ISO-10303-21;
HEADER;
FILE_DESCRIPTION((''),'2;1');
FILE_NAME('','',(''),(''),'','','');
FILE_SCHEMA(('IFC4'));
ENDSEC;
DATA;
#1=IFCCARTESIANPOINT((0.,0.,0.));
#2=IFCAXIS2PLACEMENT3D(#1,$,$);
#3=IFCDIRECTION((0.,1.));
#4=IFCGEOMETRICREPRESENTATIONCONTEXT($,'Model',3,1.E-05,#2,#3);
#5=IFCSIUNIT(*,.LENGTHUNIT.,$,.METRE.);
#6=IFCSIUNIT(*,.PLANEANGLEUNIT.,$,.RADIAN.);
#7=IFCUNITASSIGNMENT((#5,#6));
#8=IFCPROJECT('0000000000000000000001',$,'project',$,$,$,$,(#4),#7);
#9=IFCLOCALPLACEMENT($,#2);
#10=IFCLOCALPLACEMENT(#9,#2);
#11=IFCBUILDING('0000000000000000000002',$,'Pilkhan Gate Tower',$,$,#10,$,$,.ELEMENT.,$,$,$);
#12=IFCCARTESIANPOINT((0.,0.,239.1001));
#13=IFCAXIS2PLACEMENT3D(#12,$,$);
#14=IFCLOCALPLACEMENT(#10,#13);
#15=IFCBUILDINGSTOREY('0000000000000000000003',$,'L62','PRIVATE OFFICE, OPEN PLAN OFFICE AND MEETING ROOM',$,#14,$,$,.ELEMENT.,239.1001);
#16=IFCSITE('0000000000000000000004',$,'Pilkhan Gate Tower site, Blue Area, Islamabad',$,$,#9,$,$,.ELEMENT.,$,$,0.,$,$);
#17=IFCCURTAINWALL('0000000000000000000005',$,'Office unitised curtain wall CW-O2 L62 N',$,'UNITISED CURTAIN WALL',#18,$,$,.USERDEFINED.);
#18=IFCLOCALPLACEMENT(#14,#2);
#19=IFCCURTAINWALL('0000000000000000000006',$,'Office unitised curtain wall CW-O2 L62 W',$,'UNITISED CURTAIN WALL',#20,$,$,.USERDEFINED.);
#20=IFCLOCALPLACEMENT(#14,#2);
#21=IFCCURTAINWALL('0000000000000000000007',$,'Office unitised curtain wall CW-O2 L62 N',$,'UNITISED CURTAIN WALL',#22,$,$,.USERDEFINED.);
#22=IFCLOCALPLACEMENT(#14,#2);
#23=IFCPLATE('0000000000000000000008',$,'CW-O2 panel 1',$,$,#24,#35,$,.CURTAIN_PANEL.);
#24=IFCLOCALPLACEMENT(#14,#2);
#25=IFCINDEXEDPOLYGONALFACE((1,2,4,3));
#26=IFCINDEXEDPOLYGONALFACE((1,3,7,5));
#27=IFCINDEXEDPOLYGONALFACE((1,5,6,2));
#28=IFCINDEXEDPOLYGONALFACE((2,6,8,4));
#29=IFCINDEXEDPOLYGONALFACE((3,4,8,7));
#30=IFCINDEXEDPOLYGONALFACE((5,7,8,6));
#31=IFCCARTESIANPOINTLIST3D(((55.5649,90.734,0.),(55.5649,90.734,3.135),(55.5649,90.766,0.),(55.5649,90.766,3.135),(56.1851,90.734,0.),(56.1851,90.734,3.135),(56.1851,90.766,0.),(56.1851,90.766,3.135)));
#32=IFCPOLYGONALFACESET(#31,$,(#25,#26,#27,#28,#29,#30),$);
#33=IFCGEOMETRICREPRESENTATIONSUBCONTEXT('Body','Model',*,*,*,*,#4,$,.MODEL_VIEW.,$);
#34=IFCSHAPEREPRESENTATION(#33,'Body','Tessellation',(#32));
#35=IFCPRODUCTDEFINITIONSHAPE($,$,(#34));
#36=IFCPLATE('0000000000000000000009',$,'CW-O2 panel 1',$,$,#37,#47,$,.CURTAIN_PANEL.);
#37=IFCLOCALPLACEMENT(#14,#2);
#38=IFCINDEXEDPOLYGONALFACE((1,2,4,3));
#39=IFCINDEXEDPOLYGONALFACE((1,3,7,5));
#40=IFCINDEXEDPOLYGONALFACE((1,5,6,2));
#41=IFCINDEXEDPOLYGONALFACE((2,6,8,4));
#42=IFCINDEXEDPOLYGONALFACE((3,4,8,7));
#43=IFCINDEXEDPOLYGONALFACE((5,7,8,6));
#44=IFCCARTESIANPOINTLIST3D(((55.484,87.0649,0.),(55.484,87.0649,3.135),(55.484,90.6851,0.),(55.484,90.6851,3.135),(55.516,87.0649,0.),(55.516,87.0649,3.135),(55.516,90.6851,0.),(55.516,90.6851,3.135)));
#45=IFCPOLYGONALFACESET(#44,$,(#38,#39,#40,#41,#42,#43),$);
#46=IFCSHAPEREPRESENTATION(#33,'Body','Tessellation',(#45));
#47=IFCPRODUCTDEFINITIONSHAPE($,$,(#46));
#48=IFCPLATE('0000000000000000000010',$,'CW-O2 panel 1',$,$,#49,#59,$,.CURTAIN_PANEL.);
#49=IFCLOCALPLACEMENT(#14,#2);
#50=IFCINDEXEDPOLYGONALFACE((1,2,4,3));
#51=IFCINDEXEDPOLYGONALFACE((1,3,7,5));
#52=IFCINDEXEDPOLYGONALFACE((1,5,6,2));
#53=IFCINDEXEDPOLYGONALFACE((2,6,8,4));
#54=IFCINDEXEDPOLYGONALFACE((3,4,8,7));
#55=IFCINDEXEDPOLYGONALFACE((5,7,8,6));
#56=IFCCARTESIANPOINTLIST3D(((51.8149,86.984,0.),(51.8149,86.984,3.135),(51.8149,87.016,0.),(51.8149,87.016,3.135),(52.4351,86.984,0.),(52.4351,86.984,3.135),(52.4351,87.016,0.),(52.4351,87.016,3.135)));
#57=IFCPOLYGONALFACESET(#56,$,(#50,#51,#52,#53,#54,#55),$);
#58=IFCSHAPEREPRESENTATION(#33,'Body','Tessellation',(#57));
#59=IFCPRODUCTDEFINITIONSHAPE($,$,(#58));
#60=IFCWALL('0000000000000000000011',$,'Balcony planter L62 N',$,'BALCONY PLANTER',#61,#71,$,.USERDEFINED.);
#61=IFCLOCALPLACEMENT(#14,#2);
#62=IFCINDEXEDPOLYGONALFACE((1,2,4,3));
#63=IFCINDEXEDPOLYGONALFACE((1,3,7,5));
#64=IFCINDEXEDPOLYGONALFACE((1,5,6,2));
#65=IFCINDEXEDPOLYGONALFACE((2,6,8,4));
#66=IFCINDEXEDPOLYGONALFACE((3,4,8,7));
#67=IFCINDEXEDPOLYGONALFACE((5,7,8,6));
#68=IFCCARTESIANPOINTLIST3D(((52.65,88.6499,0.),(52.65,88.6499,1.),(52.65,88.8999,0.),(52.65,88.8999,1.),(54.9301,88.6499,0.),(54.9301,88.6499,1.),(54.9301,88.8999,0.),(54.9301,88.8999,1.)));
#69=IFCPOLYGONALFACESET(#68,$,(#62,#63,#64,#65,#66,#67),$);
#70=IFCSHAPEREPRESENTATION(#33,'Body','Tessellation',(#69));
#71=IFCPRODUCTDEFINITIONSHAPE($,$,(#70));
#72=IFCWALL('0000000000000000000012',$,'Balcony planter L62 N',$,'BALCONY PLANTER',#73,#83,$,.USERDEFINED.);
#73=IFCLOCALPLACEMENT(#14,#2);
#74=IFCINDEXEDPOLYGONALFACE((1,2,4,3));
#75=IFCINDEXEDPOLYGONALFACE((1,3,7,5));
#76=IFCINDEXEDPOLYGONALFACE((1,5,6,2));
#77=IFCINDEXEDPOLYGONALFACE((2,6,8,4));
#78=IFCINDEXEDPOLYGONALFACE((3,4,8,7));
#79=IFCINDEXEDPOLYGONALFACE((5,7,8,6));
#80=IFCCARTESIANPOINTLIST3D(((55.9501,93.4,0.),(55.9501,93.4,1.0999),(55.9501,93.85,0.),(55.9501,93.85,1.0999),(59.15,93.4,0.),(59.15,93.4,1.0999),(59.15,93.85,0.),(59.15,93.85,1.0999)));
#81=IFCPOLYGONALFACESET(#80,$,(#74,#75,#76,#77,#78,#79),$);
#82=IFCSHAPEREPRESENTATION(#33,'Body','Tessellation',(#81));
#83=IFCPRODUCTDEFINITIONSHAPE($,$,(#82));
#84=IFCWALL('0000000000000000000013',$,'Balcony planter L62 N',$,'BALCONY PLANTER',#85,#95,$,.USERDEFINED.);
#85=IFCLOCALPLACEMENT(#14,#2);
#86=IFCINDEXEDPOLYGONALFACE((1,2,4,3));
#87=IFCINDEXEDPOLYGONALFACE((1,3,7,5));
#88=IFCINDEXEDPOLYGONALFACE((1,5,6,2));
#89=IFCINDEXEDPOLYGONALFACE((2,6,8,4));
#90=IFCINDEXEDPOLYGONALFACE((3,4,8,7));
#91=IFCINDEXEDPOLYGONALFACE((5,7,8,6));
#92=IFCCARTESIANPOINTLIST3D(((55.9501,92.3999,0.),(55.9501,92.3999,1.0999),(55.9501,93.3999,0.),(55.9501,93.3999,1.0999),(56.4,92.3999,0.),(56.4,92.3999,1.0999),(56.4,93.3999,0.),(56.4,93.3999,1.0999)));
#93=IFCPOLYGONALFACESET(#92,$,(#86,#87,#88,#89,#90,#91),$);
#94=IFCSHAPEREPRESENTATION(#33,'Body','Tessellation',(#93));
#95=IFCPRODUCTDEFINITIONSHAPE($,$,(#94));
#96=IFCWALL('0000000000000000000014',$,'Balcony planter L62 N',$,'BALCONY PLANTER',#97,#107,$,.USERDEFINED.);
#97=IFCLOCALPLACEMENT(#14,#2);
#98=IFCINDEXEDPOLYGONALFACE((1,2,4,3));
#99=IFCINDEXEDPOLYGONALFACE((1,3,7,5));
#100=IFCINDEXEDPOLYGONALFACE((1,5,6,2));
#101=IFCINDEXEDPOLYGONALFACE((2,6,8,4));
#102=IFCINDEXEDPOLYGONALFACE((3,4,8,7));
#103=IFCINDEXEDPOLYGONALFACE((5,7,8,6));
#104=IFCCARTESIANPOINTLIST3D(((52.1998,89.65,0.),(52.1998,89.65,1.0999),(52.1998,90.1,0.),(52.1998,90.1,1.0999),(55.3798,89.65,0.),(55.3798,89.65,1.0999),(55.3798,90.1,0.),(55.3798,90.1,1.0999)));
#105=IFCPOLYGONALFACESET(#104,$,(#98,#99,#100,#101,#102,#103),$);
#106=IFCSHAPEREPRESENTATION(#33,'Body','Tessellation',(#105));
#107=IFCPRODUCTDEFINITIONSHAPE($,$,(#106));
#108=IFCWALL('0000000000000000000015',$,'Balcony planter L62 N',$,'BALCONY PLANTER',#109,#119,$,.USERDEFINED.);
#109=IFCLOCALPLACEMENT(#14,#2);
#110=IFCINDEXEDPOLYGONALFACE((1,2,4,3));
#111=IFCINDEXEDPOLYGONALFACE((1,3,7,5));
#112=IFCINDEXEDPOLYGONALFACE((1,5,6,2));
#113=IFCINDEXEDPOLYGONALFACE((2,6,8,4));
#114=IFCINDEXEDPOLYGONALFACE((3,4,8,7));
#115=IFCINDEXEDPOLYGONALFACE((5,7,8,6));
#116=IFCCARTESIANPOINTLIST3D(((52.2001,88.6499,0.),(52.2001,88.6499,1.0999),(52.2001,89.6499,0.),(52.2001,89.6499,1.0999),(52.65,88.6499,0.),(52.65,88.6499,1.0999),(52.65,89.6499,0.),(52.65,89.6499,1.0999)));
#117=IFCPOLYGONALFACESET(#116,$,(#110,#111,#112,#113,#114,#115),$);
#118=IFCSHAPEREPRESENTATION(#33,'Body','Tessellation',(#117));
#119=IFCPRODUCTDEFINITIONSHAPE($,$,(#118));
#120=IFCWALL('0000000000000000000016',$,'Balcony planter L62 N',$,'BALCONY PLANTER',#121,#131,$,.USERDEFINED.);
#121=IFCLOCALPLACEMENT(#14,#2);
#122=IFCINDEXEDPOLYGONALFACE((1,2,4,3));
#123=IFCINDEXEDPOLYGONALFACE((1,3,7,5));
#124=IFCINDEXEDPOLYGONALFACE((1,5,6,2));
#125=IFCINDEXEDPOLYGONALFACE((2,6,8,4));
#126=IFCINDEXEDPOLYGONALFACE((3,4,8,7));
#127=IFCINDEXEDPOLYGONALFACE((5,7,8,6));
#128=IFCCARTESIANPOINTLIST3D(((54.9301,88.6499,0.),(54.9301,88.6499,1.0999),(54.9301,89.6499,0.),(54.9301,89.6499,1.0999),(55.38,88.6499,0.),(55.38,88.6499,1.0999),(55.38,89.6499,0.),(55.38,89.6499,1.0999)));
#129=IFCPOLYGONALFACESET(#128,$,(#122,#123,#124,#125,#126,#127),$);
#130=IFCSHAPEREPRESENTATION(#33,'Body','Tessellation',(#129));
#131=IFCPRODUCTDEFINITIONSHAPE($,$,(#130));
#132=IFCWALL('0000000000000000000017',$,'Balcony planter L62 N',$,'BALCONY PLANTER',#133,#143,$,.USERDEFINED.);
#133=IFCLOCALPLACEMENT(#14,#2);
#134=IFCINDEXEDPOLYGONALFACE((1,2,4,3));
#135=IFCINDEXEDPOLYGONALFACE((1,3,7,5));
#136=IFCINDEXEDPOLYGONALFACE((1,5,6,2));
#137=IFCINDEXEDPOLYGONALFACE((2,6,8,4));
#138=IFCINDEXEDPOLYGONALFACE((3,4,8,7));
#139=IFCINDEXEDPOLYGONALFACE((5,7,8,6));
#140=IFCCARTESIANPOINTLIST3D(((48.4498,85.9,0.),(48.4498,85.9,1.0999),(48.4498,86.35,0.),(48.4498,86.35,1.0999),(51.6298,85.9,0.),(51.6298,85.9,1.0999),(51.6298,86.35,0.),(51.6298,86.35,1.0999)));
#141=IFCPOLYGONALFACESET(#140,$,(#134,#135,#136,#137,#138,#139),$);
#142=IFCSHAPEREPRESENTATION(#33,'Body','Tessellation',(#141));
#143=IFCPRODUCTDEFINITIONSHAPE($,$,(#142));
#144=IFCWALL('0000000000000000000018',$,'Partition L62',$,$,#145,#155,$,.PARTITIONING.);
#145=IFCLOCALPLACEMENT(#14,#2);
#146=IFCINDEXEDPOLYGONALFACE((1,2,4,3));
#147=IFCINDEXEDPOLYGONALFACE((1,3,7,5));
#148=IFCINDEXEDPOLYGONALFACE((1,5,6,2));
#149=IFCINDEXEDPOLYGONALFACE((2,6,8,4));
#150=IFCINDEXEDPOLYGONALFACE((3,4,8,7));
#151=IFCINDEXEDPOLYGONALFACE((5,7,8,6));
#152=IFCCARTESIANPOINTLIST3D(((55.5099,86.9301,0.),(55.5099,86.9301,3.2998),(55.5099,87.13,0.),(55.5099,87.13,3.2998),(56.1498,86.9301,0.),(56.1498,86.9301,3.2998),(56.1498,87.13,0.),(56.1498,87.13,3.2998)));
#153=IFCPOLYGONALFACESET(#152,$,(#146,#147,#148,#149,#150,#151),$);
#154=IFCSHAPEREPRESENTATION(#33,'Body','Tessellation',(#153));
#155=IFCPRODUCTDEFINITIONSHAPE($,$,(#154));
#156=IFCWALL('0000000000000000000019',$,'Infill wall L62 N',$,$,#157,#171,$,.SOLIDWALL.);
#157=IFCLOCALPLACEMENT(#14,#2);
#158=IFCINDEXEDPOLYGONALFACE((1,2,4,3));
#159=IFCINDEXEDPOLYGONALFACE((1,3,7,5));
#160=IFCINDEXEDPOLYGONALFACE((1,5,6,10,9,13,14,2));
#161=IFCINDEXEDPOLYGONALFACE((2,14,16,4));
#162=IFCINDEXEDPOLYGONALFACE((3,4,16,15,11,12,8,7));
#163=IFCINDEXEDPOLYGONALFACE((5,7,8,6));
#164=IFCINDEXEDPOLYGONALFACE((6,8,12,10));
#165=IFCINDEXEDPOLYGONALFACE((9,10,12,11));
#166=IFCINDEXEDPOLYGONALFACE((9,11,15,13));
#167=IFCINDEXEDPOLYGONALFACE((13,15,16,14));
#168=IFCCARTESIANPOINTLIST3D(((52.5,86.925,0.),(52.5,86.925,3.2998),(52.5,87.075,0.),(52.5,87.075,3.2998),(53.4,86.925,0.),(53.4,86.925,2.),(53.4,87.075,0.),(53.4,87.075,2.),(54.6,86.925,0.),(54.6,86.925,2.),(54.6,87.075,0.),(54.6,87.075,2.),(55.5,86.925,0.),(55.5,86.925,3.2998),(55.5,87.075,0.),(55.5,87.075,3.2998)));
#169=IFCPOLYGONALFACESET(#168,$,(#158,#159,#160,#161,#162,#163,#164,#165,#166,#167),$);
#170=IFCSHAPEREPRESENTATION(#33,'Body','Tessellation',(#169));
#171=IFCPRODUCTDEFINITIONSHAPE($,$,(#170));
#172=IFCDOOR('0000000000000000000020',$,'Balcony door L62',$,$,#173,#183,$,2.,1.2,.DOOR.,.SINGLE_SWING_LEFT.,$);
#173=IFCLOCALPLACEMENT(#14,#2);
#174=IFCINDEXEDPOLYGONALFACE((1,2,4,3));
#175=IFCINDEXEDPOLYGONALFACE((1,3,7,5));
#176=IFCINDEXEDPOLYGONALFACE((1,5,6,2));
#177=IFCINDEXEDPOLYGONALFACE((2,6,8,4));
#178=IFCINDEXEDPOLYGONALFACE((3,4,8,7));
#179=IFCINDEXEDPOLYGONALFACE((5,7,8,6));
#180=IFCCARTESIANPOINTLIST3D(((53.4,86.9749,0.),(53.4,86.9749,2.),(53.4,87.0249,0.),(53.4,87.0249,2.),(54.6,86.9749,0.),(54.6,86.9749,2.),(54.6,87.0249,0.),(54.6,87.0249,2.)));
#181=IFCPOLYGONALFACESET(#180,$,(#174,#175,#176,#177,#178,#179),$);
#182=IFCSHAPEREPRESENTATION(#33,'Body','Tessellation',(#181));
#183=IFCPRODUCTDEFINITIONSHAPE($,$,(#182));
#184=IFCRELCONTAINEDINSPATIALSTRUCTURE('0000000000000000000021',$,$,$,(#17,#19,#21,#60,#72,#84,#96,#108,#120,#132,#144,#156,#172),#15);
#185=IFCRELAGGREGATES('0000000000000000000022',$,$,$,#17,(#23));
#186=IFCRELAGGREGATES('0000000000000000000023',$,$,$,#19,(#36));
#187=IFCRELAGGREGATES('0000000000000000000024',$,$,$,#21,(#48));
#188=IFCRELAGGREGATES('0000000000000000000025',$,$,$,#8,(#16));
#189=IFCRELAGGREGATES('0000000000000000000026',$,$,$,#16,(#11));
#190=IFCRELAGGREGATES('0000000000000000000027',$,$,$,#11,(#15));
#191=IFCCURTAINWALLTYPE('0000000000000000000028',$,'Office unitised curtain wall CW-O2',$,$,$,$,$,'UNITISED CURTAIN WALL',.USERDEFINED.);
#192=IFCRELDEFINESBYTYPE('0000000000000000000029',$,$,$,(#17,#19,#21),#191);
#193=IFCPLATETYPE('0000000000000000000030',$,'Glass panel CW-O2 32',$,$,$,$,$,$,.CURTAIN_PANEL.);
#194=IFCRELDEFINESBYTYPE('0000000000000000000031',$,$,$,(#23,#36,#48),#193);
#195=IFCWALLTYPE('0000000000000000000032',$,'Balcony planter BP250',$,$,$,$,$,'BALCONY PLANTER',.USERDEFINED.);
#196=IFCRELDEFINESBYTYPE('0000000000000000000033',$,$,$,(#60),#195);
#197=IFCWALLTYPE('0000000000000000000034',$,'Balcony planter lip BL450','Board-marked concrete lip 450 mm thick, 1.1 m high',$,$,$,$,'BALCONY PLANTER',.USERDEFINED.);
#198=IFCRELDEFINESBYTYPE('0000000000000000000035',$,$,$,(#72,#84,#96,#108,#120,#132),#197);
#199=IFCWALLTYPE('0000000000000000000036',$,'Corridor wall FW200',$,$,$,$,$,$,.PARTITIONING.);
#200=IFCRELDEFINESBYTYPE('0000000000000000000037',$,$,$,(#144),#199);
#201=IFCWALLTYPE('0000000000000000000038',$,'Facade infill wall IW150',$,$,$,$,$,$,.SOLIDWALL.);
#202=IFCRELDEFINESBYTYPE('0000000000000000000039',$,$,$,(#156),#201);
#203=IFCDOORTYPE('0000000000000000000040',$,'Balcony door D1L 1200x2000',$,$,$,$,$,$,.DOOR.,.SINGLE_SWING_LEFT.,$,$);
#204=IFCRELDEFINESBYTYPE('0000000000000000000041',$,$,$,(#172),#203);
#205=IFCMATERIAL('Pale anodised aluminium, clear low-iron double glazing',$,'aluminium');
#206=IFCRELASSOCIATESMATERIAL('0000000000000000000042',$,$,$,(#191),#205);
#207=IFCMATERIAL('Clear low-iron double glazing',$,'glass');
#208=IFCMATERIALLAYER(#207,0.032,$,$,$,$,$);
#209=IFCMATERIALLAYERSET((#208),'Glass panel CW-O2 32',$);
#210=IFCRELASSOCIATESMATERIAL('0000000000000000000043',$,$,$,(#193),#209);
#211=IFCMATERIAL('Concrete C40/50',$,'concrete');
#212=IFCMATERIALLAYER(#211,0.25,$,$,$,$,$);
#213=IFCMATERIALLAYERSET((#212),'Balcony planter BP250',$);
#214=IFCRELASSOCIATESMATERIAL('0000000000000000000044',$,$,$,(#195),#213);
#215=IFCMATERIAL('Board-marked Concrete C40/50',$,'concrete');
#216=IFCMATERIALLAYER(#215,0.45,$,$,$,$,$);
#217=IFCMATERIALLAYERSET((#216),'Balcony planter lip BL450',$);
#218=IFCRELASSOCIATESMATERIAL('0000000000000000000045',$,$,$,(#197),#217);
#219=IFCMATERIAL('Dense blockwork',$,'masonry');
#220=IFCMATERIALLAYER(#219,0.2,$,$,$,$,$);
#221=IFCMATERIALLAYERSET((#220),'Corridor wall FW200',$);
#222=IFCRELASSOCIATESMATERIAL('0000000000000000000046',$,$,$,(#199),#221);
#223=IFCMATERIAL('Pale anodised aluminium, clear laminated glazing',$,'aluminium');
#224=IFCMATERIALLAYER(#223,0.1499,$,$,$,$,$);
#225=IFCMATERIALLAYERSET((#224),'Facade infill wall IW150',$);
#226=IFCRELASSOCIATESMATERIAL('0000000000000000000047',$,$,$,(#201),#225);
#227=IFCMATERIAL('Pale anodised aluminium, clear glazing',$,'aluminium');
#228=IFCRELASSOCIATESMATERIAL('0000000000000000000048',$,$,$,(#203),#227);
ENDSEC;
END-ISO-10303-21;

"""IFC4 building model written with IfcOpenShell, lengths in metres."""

from ifc_helpers import new_model, si_unit, direction, frame, frame_2d, origin, origin_2d, place, context, subcontext, project, spatial, rectangle, extrude, material, layer, layer_set, type_object, element, fill, aggregate, save


model = new_model("IFC4")

# Units and contexts
model_context = context("Model", 3, precision=1e-05, world=origin(), true_north=direction((0.0, 1.0)))
body_context = subcontext(model_context, "Body", "Model", "MODEL_VIEW")
ifc_project = project(units=[si_unit("LENGTHUNIT", "METRE"), si_unit("PLANEANGLEUNIT", "RADIAN")], contexts=[model_context])

# Site, building, storey
site_placement = place(None, origin())
site = spatial("IfcSite", under=ifc_project, at=site_placement, Name="Pilkhan Gate Tower site, Blue Area, Islamabad", CompositionType="ELEMENT", RefElevation=0.0)
building_placement = place(site_placement, origin())
building = spatial("IfcBuilding", under=site, at=building_placement, Name="Pilkhan Gate Tower", CompositionType="ELEMENT")
storey_placement = place(building_placement, frame((0.0, 0.0, 239.1001)))
storey = spatial("IfcBuildingStorey", under=building, at=storey_placement, Name="L62", Description="PRIVATE OFFICE, OPEN PLAN OFFICE AND MEETING ROOM", CompositionType="ELEMENT", Elevation=239.1001)

# Curtain wall
ifc_material_1 = material(Name="Pale anodised aluminium, clear low-iron double glazing", Category="aluminium")
curtain_wall_type = type_object("IfcCurtainWallType", Name="Office unitised curtain wall CW-O2", ElementType="UNITISED CURTAIN WALL", PredefinedType="USERDEFINED", material=ifc_material_1)
curtain_wall_1_placement = place(storey_placement, origin())
curtain_wall_1 = element("IfcCurtainWall", 1, at=curtain_wall_1_placement, inside=storey, type_object=curtain_wall_type, Name="Office unitised curtain wall CW-O2 L62 N", ObjectType="UNITISED CURTAIN WALL", PredefinedType="USERDEFINED")

# Curtain walls
curtain_wall_2_placement = place(storey_placement, origin())
curtain_wall_2 = element("IfcCurtainWall", 2, at=curtain_wall_2_placement, inside=storey, type_object=curtain_wall_type, Name="Office unitised curtain wall CW-O2 L62 W", ObjectType="UNITISED CURTAIN WALL", PredefinedType="USERDEFINED")
curtain_wall_3_placement = place(storey_placement, origin())
curtain_wall_3 = element("IfcCurtainWall", 3, at=curtain_wall_3_placement, inside=storey, type_object=curtain_wall_type, Name="Office unitised curtain wall CW-O2 L62 N", ObjectType="UNITISED CURTAIN WALL", PredefinedType="USERDEFINED")

# Plates
ifc_material_2 = material(Name="Clear low-iron double glazing", Category="glass")
ifc_layer_1 = layer(ifc_material_2, 0.032)
ifc_layer_set_1 = layer_set([ifc_layer_1], Name="Glass panel CW-O2 32")
plate_type = type_object("IfcPlateType", Name="Glass panel CW-O2 32", PredefinedType="CURTAIN_PANEL", material=ifc_layer_set_1)
plate_1_placement = place(storey_placement, frame((55.875, 90.75, 0.0), z_axis=(0.0, 0.0, 1.0), x_axis=(1.0, 0.0, 0.0)))
plate_1 = element("IfcPlate", 4, at=plate_1_placement, type_object=plate_type, Name="CW-O2 panel 1", PredefinedType="CURTAIN_PANEL", context=body_context, shape_type="SweptSolid", body=[
    extrude(rectangle(XDim=0.6201, YDim=0.032, at=origin_2d()), origin(), (0.0, 0.0, 1.0), 3.135),
])
aggregate(curtain_wall_1, [plate_1])
plate_2_placement = place(storey_placement, frame((55.5, 88.875, 0.0), z_axis=(0.0, 0.0, 1.0), x_axis=(0.0, 1.0, 0.0)))
plate_2 = element("IfcPlate", 5, at=plate_2_placement, type_object=plate_type, Name="CW-O2 panel 1", PredefinedType="CURTAIN_PANEL", context=body_context, shape_type="SweptSolid", body=[
    extrude(rectangle(XDim=3.6201, YDim=0.032, at=origin_2d()), origin(), (0.0, 0.0, 1.0), 3.135),
])
aggregate(curtain_wall_2, [plate_2])
plate_3_placement = place(storey_placement, frame((52.125, 87.0, 0.0), z_axis=(0.0, 0.0, 1.0), x_axis=(1.0, 0.0, 0.0)))
plate_3 = element("IfcPlate", 6, at=plate_3_placement, type_object=plate_type, Name="CW-O2 panel 1", PredefinedType="CURTAIN_PANEL", context=body_context, shape_type="SweptSolid", body=[
    extrude(rectangle(XDim=0.6201, YDim=0.032, at=origin_2d()), origin(), (0.0, 0.0, 1.0), 3.135),
])
aggregate(curtain_wall_3, [plate_3])

# Walls
ifc_material_3 = material(Name="Concrete C40/50", Category="concrete")
ifc_layer_2 = layer(ifc_material_3, 0.25)
ifc_layer_set_2 = layer_set([ifc_layer_2], Name="Balcony planter BP250")
wall_type_1 = type_object("IfcWallType", Name="Balcony planter BP250", ElementType="BALCONY PLANTER", PredefinedType="USERDEFINED", material=ifc_layer_set_2)
wall_1_placement = place(storey_placement, frame((52.6499, 88.7749, 0.0), z_axis=(0.0, 0.0, 1.0), x_axis=(1.0, 0.0, 0.0)))
element("IfcWall", 7, at=wall_1_placement, inside=storey, type_object=wall_type_1, Name="Balcony planter L62 N", ObjectType="BALCONY PLANTER", PredefinedType="USERDEFINED", context=body_context, shape_type="SweptSolid", body=[
    extrude(rectangle(XDim=2.28, YDim=0.25, at=frame_2d((1.1401, 0.0))), origin(), (0.0, 0.0, 1.0), 1.0),
])
ifc_material_4 = material(Name="Board-marked Concrete C40/50", Category="concrete")
ifc_layer_3 = layer(ifc_material_4, 0.45)
ifc_layer_set_3 = layer_set([ifc_layer_3], Name="Balcony planter lip BL450")
wall_type_2 = type_object("IfcWallType", Name="Balcony planter lip BL450", Description="Board-marked concrete lip 450 mm thick, 1.1 m high", ElementType="BALCONY PLANTER", PredefinedType="USERDEFINED", material=ifc_layer_set_3)
wall_2_placement = place(storey_placement, frame((55.95, 93.625, 0.0), z_axis=(0.0, 0.0, 1.0), x_axis=(1.0, 0.0, 0.0)))
element("IfcWall", 8, at=wall_2_placement, inside=storey, type_object=wall_type_2, Name="Balcony planter L62 N", ObjectType="BALCONY PLANTER", PredefinedType="USERDEFINED", context=body_context, shape_type="SweptSolid", body=[
    extrude(rectangle(XDim=3.2, YDim=0.45, at=frame_2d((1.6001, 0.0))), origin(), (0.0, 0.0, 1.0), 1.0999),
])
wall_3_placement = place(storey_placement, frame((56.175, 92.3999, 0.0), z_axis=(0.0, 0.0, 1.0), x_axis=(0.0, 1.0, 0.0)))
element("IfcWall", 9, at=wall_3_placement, inside=storey, type_object=wall_type_2, Name="Balcony planter L62 N", ObjectType="BALCONY PLANTER", PredefinedType="USERDEFINED", context=body_context, shape_type="SweptSolid", body=[
    extrude(rectangle(XDim=1.0, YDim=0.45, at=frame_2d((0.5, 0.0))), origin(), (0.0, 0.0, 1.0), 1.0999),
])
wall_4_placement = place(storey_placement, frame((52.2, 89.875, 0.0), z_axis=(0.0, 0.0, 1.0), x_axis=(1.0, 0.0, 0.0)))
element("IfcWall", 10, at=wall_4_placement, inside=storey, type_object=wall_type_2, Name="Balcony planter L62 N", ObjectType="BALCONY PLANTER", PredefinedType="USERDEFINED", context=body_context, shape_type="SweptSolid", body=[
    extrude(rectangle(XDim=3.1799, YDim=0.45, at=frame_2d((1.5898, 0.0))), origin(), (0.0, 0.0, 1.0), 1.0999),
])
for number, where, z_axis, x_axis, name in (
    (11, (52.425, 88.6499, 0.0), (0.0, 0.0, 1.0), (0.0, 1.0, 0.0), "Balcony planter L62 N"),
    (12, (55.155, 88.6499, 0.0), (0.0, 0.0, 1.0), (0.0, 1.0, 0.0), "Balcony planter L62 N"),
):
    element("IfcWall", number, at=place(storey_placement, frame(where, z_axis=z_axis, x_axis=x_axis)), inside=storey, type_object=wall_type_2, Name=name, ObjectType="BALCONY PLANTER", PredefinedType="USERDEFINED", context=body_context, shape_type="SweptSolid", body=[
        extrude(rectangle(XDim=1.0, YDim=0.45, at=frame_2d((0.5, 0.0))), origin(), (0.0, 0.0, 1.0), 1.0999),
    ])
wall_5_placement = place(storey_placement, frame((48.45, 86.125, 0.0), z_axis=(0.0, 0.0, 1.0), x_axis=(1.0, 0.0, 0.0)))
element("IfcWall", 13, at=wall_5_placement, inside=storey, type_object=wall_type_2, Name="Balcony planter L62 N", ObjectType="BALCONY PLANTER", PredefinedType="USERDEFINED", context=body_context, shape_type="SweptSolid", body=[
    extrude(rectangle(XDim=3.1799, YDim=0.45, at=frame_2d((1.5898, 0.0))), origin(), (0.0, 0.0, 1.0), 1.0999),
])
ifc_material_5 = material(Name="Dense blockwork", Category="masonry")
ifc_layer_4 = layer(ifc_material_5, 0.2)
ifc_layer_set_4 = layer_set([ifc_layer_4], Name="Corridor wall FW200")
wall_type_3 = type_object("IfcWallType", Name="Corridor wall FW200", PredefinedType="PARTITIONING", material=ifc_layer_set_4)
wall_6_placement = place(storey_placement, frame((55.51, 87.03, 0.0), z_axis=(0.0, 0.0, 1.0), x_axis=(1.0, 0.0, 0.0)))
element("IfcWall", 14, at=wall_6_placement, inside=storey, type_object=wall_type_3, Name="Partition L62", PredefinedType="PARTITIONING", context=body_context, shape_type="SweptSolid", body=[
    extrude(rectangle(XDim=0.6399, YDim=0.2, at=frame_2d((0.3198, 0.0))), origin(), (0.0, 0.0, 1.0), 3.2998),
])

# Wall, opening, door
ifc_material_6 = material(Name="Pale anodised aluminium, clear laminated glazing", Category="aluminium")
ifc_layer_5 = layer(ifc_material_6, 0.1499)
ifc_layer_set_5 = layer_set([ifc_layer_5], Name="Facade infill wall IW150")
wall_type_4 = type_object("IfcWallType", Name="Facade infill wall IW150", PredefinedType="SOLIDWALL", material=ifc_layer_set_5)
wall_7_placement = place(storey_placement, frame((52.5, 87.0, 0.0), z_axis=(0.0, 0.0, 1.0), x_axis=(1.0, 0.0, 0.0)))
wall_7 = element("IfcWall", 15, at=wall_7_placement, inside=storey, type_object=wall_type_4, Name="Infill wall L62 N", PredefinedType="SOLIDWALL", context=body_context, shape_type="SweptSolid", body=[
    extrude(rectangle(XDim=3.0, YDim=0.1499, at=frame_2d((1.5, 0.0))), origin(), (0.0, 0.0, 1.0), 3.2998),
])
opening_placement = place(wall_7_placement, frame((0.8999, 0.0, 0.0)))
opening = element("IfcOpeningElement", 16, at=opening_placement, cuts=wall_7, PredefinedType="OPENING", context=body_context, shape_type="SweptSolid", body=[
    extrude(rectangle(XDim=1.2, YDim=2.0, at=frame_2d((0.6001, 1.0))), frame((0.0, 0.085, 0.0), z_axis=(0.0, -1.0, 0.0), x_axis=(1.0, 0.0, 0.0)), (0.0, 0.0, 1.0), 0.1699),
])
ifc_material_7 = material(Name="Pale anodised aluminium, clear glazing", Category="aluminium")
door_type = type_object("IfcDoorType", Name="Balcony door D1L 1200x2000", OperationType="SINGLE_SWING_LEFT", PredefinedType="DOOR", material=ifc_material_7)
door_placement = place(opening_placement, origin())
door = element("IfcDoor", 17, at=door_placement, inside=storey, type_object=door_type, Name="Balcony door L62", OperationType="SINGLE_SWING_LEFT", OverallHeight=2.0, OverallWidth=1.2, PredefinedType="DOOR", context=body_context, shape_type="SweptSolid", body=[
    extrude(rectangle(XDim=1.2, YDim=2.0, at=frame_2d((0.6001, 1.0))), frame((0.0, 0.0249, 0.0), z_axis=(0.0, -1.0, 0.0), x_axis=(1.0, 0.0, 0.0)), (0.0, 0.0, 1.0), 0.05),
])
fill(opening, door)

save(model, "model.ifc")
